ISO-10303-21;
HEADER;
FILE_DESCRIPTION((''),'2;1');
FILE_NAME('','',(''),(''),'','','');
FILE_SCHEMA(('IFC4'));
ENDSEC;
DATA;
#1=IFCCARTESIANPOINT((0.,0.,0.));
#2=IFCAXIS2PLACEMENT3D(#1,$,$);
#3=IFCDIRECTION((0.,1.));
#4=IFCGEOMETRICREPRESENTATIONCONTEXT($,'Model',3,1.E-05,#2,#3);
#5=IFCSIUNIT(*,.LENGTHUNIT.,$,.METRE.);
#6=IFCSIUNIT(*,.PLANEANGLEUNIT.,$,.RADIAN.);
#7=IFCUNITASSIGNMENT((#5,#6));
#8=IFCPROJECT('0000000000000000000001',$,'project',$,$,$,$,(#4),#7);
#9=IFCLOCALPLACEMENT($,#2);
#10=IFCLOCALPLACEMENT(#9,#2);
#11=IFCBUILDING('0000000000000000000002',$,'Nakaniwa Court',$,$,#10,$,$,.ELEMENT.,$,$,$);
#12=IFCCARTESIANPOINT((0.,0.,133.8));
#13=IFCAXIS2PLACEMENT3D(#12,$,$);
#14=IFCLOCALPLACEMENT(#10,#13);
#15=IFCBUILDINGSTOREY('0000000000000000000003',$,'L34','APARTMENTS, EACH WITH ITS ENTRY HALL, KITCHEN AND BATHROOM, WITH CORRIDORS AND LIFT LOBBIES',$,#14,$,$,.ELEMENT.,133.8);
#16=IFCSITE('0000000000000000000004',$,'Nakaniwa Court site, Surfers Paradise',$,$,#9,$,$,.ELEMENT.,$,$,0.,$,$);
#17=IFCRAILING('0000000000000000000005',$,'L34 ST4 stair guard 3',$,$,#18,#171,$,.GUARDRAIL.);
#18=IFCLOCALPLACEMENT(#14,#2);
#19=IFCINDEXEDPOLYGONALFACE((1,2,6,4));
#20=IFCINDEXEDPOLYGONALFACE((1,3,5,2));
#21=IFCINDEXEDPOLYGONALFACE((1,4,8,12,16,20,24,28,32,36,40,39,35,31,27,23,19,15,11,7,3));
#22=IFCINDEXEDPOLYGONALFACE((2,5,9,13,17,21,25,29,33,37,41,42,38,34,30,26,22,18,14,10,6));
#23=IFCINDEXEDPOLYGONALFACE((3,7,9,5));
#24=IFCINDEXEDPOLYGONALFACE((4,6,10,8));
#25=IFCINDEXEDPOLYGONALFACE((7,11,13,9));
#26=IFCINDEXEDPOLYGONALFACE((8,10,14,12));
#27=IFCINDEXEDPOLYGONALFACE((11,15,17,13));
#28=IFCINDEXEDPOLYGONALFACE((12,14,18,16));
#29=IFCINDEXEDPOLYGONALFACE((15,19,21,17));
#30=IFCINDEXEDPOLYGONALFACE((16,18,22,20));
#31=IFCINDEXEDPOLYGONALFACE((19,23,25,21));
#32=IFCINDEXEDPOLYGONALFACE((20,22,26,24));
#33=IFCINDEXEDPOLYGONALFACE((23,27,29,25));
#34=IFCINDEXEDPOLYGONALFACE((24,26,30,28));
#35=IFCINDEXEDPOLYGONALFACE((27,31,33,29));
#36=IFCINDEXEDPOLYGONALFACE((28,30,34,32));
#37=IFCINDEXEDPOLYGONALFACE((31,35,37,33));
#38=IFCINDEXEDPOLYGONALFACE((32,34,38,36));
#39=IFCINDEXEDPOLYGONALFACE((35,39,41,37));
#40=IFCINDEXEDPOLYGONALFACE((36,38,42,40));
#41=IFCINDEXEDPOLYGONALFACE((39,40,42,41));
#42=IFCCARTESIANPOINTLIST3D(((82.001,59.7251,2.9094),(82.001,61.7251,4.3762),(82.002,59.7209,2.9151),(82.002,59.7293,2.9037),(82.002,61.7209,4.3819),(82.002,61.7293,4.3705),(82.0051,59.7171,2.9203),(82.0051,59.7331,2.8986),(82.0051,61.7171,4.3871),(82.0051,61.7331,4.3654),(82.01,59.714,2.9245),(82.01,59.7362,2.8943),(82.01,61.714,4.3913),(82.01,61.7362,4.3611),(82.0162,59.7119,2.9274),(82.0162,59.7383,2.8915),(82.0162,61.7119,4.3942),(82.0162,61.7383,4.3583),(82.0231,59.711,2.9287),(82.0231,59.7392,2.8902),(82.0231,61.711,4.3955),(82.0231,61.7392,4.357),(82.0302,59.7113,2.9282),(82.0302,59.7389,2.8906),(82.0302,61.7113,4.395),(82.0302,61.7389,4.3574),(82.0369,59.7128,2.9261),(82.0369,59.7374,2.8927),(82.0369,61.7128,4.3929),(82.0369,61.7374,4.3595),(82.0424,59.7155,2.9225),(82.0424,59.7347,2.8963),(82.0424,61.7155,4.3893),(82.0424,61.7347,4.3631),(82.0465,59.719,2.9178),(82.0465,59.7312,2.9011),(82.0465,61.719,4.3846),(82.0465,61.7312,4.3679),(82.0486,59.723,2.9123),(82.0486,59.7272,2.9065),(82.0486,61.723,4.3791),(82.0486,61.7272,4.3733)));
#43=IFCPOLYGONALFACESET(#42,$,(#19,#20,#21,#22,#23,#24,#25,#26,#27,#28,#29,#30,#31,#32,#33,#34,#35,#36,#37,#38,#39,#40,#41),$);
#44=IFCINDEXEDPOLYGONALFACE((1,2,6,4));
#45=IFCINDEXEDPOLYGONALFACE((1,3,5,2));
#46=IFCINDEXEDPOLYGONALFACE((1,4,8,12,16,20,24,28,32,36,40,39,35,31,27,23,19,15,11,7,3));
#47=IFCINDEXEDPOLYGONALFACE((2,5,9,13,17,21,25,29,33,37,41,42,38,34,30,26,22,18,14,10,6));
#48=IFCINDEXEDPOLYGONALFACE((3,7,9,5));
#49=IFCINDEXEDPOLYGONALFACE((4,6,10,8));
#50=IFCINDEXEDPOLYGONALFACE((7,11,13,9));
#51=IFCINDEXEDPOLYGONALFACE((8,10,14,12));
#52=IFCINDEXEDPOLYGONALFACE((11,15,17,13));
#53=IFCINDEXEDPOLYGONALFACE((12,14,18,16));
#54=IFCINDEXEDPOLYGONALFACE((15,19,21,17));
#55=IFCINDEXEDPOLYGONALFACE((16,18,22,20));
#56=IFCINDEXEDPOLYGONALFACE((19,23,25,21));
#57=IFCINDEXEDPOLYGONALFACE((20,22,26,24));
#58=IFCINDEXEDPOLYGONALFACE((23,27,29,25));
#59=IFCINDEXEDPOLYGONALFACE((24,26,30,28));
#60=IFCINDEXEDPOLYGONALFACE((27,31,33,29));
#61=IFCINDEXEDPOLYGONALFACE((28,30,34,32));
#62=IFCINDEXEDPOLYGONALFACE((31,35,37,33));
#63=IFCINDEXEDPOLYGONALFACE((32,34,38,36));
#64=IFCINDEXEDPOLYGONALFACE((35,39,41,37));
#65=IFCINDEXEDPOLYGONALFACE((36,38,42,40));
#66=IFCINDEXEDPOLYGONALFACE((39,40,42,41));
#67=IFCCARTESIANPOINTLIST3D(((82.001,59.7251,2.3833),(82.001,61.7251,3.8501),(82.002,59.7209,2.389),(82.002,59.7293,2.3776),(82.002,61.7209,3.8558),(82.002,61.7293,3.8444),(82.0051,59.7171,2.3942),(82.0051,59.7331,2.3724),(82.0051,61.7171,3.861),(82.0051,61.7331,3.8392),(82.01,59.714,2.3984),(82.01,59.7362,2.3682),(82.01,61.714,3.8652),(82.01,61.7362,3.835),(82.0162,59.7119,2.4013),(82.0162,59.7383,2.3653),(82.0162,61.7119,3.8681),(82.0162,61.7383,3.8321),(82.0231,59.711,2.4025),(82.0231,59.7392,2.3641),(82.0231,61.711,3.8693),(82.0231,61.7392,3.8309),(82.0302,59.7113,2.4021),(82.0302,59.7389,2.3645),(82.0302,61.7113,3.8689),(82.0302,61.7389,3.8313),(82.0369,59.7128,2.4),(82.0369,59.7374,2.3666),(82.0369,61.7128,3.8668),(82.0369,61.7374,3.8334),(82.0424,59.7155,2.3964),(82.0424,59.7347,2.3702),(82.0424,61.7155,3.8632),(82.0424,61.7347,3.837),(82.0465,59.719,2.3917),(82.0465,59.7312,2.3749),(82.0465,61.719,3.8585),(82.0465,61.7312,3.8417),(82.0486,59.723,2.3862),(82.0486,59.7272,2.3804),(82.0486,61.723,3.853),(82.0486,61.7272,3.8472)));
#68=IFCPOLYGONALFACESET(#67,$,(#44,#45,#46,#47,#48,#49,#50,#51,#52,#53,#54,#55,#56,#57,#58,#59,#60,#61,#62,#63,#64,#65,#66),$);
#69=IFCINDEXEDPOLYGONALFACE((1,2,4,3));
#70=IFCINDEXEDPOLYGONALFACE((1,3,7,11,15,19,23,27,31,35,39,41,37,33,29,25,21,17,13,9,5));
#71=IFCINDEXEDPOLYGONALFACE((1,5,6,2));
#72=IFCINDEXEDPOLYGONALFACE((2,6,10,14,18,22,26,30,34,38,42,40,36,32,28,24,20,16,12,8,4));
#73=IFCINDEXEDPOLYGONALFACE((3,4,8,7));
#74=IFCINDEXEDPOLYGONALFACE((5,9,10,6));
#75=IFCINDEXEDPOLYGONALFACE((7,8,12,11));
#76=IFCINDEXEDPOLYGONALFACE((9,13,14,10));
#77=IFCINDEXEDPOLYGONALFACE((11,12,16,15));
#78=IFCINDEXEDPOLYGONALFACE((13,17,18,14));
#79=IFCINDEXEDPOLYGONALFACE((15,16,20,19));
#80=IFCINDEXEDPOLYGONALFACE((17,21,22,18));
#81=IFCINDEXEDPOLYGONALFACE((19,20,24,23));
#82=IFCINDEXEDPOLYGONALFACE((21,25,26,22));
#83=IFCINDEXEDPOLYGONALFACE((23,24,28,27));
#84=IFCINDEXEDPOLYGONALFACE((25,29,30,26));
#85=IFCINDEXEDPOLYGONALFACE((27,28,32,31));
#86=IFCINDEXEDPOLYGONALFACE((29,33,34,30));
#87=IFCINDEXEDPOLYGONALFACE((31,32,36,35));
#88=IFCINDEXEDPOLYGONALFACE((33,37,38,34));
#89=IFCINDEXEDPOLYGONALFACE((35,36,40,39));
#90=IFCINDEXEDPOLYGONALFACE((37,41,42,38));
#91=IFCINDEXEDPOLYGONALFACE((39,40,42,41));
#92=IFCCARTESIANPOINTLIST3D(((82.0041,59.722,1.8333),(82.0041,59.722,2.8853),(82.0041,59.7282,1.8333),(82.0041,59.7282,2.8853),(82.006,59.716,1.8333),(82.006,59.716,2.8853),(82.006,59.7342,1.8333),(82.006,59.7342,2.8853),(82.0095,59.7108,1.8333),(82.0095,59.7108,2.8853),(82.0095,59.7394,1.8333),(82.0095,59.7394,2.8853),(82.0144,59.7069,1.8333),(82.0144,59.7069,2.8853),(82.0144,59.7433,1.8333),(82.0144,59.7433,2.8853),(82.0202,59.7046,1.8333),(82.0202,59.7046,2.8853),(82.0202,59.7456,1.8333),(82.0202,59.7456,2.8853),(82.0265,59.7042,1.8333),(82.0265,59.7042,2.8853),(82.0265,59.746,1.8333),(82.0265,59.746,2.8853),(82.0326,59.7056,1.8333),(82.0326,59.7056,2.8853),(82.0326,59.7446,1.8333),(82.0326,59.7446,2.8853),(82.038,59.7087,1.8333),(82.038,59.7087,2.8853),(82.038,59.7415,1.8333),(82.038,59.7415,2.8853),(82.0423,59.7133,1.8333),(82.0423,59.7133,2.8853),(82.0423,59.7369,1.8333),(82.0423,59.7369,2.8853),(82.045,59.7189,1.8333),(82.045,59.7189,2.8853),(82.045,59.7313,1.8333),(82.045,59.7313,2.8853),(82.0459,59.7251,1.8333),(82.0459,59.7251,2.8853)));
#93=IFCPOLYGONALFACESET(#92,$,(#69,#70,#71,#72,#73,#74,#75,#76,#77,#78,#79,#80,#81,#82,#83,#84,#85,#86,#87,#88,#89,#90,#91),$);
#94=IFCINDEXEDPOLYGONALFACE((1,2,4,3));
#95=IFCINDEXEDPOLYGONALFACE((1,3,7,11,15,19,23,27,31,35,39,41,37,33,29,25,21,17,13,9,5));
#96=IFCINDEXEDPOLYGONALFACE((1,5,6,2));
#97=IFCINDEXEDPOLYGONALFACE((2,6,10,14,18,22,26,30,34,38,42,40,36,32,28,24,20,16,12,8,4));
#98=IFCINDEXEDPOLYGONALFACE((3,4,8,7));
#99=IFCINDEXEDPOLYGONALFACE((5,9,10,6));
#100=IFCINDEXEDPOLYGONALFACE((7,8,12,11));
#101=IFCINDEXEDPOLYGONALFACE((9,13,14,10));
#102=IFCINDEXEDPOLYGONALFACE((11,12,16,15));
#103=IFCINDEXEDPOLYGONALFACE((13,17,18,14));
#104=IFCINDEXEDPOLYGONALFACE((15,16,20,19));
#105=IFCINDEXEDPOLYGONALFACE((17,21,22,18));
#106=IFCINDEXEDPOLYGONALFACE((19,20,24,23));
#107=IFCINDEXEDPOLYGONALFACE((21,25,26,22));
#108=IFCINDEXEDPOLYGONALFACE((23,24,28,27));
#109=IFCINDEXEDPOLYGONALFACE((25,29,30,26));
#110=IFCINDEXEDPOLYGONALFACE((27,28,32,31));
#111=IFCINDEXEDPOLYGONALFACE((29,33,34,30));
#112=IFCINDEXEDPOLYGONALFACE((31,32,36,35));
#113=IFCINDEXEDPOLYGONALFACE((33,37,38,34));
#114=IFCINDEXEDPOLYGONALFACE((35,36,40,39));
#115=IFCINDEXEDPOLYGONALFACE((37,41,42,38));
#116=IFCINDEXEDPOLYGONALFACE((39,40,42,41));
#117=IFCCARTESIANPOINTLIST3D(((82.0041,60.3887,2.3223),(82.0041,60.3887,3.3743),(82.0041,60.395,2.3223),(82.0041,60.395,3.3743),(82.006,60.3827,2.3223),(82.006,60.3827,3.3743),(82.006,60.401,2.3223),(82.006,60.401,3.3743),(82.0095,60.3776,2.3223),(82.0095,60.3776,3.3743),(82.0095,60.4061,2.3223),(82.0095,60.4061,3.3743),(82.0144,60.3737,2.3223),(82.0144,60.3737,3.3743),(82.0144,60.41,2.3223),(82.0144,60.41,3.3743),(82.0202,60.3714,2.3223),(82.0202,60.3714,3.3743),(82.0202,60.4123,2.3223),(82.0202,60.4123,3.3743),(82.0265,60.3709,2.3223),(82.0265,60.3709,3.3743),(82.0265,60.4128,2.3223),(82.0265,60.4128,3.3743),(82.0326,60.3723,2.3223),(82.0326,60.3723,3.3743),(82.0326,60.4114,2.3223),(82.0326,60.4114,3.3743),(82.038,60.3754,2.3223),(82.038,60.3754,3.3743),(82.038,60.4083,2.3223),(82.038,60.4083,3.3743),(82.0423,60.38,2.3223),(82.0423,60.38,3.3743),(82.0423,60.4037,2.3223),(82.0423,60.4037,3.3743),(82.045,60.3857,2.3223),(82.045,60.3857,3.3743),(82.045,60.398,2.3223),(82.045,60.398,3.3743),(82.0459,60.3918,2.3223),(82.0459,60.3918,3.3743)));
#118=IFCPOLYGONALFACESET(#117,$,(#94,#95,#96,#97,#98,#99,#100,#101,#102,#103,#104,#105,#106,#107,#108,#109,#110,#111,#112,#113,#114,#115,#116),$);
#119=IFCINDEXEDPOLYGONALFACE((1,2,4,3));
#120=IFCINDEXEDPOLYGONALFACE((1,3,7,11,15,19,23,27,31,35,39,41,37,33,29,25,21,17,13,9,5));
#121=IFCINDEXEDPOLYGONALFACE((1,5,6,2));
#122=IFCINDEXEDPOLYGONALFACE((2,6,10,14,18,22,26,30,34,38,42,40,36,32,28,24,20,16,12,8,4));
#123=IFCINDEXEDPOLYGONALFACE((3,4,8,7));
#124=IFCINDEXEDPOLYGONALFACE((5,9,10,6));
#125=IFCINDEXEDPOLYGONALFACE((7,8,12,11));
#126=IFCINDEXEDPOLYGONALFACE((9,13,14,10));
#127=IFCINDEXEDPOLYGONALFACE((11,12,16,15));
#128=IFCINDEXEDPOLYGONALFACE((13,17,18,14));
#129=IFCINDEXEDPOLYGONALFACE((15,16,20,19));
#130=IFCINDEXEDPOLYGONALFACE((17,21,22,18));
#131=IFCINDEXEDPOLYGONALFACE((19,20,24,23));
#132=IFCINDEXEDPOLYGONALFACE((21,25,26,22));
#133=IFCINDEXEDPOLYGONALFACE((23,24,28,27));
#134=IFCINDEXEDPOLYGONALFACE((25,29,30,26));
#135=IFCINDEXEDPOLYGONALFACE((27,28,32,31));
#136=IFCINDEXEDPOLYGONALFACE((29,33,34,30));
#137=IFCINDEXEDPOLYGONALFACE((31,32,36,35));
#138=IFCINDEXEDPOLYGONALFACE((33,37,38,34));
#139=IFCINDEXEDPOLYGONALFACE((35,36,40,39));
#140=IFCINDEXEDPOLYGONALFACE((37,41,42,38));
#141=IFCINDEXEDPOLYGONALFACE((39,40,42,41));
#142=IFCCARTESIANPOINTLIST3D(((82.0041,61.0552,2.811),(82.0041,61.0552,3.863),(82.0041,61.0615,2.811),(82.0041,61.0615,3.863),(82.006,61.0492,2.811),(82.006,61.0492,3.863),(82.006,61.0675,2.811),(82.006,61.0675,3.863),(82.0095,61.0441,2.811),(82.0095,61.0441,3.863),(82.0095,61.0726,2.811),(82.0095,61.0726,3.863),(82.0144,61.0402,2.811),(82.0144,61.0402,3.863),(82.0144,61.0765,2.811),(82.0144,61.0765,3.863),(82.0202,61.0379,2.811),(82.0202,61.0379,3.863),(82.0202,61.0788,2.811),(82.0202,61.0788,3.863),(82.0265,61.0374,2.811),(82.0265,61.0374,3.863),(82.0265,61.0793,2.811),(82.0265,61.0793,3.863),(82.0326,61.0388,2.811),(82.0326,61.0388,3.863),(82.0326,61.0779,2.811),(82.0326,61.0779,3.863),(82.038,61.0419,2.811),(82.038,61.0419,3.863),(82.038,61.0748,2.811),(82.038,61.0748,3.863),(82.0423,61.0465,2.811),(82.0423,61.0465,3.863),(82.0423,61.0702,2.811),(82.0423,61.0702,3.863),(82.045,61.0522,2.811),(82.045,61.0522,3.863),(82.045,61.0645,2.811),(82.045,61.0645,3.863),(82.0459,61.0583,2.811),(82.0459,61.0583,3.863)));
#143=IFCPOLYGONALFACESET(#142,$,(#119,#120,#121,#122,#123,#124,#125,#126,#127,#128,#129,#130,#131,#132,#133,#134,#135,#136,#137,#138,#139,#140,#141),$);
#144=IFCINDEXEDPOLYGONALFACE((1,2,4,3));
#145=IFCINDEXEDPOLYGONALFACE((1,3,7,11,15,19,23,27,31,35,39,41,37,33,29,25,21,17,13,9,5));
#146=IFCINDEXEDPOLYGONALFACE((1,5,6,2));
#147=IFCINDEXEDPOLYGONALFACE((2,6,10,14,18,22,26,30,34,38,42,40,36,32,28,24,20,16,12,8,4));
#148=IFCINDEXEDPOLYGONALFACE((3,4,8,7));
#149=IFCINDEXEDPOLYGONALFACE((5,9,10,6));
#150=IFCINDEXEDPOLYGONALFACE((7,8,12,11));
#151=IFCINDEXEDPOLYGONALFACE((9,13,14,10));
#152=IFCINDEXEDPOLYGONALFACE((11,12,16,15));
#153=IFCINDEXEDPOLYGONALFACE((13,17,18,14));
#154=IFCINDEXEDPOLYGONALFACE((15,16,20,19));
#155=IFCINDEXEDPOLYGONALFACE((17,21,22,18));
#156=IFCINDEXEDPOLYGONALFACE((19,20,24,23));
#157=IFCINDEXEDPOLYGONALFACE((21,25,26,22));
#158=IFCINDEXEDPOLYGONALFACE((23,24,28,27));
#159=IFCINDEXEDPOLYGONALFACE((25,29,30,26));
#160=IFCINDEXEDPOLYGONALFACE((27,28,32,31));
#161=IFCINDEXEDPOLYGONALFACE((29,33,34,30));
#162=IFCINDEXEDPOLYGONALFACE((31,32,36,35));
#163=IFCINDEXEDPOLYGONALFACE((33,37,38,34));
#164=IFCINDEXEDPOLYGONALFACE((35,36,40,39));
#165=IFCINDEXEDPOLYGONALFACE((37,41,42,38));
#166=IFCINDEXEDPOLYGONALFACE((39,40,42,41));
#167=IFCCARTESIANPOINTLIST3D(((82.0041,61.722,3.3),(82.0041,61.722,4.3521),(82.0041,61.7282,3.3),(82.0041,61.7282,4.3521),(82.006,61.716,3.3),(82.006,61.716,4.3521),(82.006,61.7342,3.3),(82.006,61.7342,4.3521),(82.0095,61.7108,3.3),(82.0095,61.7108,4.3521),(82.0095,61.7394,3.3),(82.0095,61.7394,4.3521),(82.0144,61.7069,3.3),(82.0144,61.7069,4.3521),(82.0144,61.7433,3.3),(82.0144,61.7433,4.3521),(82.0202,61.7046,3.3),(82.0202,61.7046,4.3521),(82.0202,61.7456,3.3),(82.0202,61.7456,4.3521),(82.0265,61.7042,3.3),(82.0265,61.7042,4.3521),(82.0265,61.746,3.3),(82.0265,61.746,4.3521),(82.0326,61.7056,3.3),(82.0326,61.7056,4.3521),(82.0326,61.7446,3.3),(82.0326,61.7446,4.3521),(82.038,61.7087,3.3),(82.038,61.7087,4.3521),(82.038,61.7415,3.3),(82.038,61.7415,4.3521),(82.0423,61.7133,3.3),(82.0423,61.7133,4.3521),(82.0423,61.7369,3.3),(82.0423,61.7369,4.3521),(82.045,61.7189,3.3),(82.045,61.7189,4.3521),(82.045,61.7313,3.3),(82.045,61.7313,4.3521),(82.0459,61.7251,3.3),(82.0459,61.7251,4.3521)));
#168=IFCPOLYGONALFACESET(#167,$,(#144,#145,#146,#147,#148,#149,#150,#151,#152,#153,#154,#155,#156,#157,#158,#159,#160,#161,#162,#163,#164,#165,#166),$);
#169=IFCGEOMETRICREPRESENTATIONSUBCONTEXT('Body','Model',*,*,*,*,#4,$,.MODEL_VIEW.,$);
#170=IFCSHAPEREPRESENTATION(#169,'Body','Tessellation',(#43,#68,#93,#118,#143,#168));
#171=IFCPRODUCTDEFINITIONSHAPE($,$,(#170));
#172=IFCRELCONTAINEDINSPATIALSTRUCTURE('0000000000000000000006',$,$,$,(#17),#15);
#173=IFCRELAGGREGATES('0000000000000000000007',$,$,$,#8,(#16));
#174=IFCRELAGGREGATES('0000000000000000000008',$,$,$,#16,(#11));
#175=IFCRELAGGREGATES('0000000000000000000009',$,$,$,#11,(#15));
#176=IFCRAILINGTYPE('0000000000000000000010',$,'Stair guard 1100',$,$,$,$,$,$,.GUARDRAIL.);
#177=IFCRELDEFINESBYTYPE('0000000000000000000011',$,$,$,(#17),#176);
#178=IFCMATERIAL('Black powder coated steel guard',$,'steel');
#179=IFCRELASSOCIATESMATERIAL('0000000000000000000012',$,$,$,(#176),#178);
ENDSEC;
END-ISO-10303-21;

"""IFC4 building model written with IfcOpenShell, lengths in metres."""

from ifc_helpers import new_model, si_unit, direction, frame, origin, origin_2d, place, context, subcontext, project, spatial, circle, extrude, material, type_object, element, save


model = new_model("IFC4")

# Units and contexts
model_context = context("Model", 3, precision=1e-05, world=origin(), true_north=direction((0.0, 1.0)))
body_context = subcontext(model_context, "Body", "Model", "MODEL_VIEW")
ifc_project = project(units=[si_unit("LENGTHUNIT", "METRE"), si_unit("PLANEANGLEUNIT", "RADIAN")], contexts=[model_context])

# Site, building, storey
site_placement = place(None, origin())
site = spatial("IfcSite", under=ifc_project, at=site_placement, Name="Nakaniwa Court site, Surfers Paradise", CompositionType="ELEMENT", RefElevation=0.0)
building_placement = place(site_placement, origin())
building = spatial("IfcBuilding", under=site, at=building_placement, Name="Nakaniwa Court", CompositionType="ELEMENT")
storey_placement = place(building_placement, frame((0.0, 0.0, 133.8)))
storey = spatial("IfcBuildingStorey", under=building, at=storey_placement, Name="L34", Description="APARTMENTS, EACH WITH ITS ENTRY HALL, KITCHEN AND BATHROOM, WITH CORRIDORS AND LIFT LOBBIES", CompositionType="ELEMENT", Elevation=133.8)

# Railing
ifc_material_1 = material(Name="Black powder coated steel guard", Category="steel")
railing_type_1 = type_object("IfcRailingType", Name="Stair guard 1100", PredefinedType="GUARDRAIL", material=ifc_material_1)
railing_1_placement = place(storey_placement, frame((82.0249, 59.7251, 1.8333)))
element("IfcRailing", 1, at=railing_1_placement, inside=storey, type_object=railing_type_1, Name="L34 ST4 stair guard 3", PredefinedType="GUARDRAIL", context=body_context, shape_type="SweptSolid", body=[
    extrude(circle(Radius=0.0239, at=origin_2d()), frame((0.0, 0.0, 1.0762), z_axis=(0.0, 0.80638, 0.591398), x_axis=(-1.0, 0.0, 0.0)), (0.0, 0.0, 1.0), 2.4802),
    extrude(circle(Radius=0.0239, at=origin_2d()), frame((0.0, 0.0, 0.55), z_axis=(0.0, 0.80638, 0.591398), x_axis=(-1.0, 0.0, 0.0)), (0.0, 0.0, 1.0), 2.4802),
    extrude(circle(Radius=0.021, at=origin_2d()), origin(), (0.0, 0.0, 1.0), 1.052),
    extrude(circle(Radius=0.021, at=origin_2d()), frame((0.0, 0.6667, 0.489)), (0.0, 0.0, 1.0), 1.052),
    extrude(circle(Radius=0.021, at=origin_2d()), frame((0.0, 1.3333, 0.9778)), (0.0, 0.0, 1.0), 1.052),
    extrude(circle(Radius=0.021, at=origin_2d()), frame((0.0, 2.0, 1.4668)), (0.0, 0.0, 1.0), 1.052),
])

save(model, "model.ifc")
